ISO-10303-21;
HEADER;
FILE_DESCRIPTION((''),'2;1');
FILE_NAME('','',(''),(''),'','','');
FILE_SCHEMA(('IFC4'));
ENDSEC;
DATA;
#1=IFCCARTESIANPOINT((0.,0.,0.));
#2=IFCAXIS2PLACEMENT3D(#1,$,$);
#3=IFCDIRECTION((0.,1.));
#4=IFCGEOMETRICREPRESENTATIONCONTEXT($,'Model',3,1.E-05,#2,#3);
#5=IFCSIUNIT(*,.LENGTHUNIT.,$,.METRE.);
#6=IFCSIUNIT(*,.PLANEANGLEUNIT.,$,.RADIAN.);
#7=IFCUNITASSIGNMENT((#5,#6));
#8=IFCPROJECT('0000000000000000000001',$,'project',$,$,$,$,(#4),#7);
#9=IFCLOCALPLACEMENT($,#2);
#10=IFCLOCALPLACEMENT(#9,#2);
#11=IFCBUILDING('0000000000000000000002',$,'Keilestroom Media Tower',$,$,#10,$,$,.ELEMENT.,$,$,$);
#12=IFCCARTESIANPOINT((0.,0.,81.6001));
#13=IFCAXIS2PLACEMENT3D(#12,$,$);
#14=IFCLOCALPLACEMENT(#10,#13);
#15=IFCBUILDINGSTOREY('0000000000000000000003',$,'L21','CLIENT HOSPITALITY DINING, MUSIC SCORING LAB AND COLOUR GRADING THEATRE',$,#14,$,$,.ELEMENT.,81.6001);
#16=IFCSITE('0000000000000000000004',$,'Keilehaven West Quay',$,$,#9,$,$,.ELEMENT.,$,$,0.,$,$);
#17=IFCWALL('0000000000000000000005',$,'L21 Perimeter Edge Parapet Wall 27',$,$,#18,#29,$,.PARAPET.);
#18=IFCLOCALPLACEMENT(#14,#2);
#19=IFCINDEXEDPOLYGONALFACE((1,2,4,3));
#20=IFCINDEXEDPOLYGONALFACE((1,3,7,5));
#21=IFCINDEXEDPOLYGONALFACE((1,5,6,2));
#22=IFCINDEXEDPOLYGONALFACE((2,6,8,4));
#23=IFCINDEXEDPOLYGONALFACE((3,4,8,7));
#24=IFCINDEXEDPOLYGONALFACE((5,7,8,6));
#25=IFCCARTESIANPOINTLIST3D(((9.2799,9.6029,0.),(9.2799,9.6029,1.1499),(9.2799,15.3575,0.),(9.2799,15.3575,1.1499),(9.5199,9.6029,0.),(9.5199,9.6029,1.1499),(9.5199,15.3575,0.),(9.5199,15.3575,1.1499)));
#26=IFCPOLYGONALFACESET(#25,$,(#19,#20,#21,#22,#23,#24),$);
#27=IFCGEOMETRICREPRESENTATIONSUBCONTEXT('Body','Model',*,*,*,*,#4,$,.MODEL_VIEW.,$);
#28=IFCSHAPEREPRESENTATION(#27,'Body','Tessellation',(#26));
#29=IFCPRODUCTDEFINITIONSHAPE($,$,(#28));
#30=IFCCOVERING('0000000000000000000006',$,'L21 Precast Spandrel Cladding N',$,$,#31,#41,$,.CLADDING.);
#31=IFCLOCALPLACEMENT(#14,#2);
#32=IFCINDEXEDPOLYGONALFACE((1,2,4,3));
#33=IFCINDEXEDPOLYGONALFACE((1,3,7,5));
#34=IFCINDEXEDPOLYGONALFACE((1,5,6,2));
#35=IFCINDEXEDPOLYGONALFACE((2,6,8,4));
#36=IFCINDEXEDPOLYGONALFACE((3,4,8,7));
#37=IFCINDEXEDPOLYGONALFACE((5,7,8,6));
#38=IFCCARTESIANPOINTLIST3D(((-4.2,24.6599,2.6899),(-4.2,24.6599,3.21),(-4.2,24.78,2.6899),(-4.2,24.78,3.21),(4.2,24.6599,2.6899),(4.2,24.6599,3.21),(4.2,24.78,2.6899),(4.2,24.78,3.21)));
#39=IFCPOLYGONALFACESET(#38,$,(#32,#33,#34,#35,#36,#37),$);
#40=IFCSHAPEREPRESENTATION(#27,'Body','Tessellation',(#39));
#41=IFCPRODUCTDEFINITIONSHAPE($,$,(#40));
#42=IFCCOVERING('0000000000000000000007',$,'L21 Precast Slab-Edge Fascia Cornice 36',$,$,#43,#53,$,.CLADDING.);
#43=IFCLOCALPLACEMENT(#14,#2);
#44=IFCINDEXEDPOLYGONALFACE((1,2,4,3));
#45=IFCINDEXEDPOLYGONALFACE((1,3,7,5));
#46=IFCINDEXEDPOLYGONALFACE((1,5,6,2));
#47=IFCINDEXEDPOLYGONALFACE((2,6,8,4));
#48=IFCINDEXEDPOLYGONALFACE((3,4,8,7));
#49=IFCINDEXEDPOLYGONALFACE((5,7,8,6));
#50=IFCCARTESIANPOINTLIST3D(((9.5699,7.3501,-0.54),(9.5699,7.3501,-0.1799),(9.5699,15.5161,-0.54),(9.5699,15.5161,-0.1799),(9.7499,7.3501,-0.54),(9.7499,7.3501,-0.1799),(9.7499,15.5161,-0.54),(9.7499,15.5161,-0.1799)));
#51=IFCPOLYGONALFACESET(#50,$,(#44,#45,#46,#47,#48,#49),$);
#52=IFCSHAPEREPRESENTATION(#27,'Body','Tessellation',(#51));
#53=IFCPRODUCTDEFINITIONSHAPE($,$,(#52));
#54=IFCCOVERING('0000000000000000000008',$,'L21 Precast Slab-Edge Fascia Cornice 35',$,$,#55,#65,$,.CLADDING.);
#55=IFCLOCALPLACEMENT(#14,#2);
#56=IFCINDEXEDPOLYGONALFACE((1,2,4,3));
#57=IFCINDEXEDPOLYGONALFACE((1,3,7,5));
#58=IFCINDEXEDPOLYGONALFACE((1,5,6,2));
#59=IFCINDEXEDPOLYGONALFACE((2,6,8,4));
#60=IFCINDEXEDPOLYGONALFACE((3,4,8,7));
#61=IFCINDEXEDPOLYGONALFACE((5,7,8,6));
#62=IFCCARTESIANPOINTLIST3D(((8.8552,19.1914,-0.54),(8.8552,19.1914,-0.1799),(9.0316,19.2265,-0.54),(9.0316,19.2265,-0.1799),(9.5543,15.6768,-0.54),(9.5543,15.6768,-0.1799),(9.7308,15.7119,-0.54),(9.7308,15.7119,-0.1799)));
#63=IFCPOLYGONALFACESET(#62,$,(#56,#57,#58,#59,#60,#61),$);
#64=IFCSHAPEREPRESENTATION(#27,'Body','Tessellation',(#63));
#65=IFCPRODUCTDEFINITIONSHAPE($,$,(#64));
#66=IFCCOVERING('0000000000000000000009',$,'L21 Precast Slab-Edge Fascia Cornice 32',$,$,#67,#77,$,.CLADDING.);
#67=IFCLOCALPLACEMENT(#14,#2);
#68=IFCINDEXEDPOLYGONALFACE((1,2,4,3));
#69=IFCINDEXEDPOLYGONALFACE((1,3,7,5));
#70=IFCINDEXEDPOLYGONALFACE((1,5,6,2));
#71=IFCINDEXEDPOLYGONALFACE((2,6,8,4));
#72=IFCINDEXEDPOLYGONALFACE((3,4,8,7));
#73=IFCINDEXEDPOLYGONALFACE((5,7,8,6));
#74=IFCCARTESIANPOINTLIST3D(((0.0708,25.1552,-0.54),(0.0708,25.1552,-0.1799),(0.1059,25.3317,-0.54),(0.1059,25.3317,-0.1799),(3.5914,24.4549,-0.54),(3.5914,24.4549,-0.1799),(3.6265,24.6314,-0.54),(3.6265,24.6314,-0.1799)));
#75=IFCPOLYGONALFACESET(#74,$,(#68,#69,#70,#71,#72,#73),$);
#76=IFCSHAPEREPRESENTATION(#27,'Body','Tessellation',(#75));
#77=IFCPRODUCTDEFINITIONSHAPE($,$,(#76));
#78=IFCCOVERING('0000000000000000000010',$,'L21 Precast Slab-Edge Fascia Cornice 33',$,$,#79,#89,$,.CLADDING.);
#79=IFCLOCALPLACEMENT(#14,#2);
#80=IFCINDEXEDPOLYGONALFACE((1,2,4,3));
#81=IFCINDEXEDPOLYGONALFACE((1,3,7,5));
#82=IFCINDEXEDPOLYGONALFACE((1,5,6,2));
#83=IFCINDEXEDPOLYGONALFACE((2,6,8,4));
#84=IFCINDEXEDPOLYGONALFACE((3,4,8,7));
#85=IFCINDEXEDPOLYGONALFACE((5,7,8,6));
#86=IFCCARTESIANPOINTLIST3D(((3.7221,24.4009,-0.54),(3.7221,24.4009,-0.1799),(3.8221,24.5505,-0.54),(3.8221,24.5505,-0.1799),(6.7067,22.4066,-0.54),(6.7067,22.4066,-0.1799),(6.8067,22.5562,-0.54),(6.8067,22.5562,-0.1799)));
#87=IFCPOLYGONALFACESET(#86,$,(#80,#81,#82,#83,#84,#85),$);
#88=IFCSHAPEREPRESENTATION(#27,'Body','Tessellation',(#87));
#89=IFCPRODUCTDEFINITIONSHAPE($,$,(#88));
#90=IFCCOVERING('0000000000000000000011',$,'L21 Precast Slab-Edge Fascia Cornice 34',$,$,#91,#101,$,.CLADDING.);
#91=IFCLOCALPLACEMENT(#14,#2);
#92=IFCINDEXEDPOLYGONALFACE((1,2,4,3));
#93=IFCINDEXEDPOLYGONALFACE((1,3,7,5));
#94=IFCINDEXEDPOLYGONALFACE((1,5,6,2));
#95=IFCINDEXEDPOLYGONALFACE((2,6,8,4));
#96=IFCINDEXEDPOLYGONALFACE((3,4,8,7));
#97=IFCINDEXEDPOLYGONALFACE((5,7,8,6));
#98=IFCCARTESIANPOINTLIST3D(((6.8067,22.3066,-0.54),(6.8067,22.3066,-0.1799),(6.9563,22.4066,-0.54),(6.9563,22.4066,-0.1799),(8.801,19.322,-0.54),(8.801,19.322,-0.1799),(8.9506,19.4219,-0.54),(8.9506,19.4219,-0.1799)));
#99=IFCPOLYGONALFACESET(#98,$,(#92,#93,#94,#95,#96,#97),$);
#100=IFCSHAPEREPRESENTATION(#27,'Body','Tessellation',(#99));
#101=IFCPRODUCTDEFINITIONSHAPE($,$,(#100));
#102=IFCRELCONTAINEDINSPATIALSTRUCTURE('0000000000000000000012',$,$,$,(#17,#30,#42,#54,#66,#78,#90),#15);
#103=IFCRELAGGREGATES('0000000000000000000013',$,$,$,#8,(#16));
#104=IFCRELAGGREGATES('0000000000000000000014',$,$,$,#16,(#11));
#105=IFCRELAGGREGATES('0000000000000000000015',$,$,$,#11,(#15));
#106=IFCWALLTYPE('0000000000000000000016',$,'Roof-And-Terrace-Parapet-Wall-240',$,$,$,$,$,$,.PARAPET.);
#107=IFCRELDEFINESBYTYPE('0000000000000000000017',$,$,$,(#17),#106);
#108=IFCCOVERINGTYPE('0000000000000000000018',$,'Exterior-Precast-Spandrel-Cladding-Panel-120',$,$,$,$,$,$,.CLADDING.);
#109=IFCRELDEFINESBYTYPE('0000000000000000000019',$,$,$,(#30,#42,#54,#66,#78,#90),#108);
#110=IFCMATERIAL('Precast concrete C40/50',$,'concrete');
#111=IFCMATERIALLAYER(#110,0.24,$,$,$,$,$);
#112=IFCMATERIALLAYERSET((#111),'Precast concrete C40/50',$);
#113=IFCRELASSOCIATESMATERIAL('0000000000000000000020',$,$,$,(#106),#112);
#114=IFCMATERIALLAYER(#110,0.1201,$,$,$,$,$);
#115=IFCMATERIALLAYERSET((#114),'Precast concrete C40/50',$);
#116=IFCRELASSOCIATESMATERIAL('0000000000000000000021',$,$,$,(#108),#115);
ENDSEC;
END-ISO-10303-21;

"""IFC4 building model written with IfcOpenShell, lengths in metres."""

from ifc_helpers import new_model, si_unit, direction, frame, frame_2d, origin, origin_2d, place, context, subcontext, project, spatial, rectangle, extrude, source, transform, mapped, material, layer, layer_set, type_object, element, save


model = new_model("IFC4")

# Units and contexts
model_context = context("Model", 3, precision=1e-05, world=origin(), true_north=direction((0.0, 1.0)))
body_context = subcontext(model_context, "Body", "Model", "MODEL_VIEW")
ifc_project = project(units=[si_unit("LENGTHUNIT", "METRE"), si_unit("PLANEANGLEUNIT", "RADIAN")], contexts=[model_context])

# Site, building, storey
site_placement = place(None, origin())
site = spatial("IfcSite", under=ifc_project, at=site_placement, Name="Keilehaven West Quay", CompositionType="ELEMENT", RefElevation=0.0)
building_placement = place(site_placement, origin())
building = spatial("IfcBuilding", under=site, at=building_placement, Name="Keilestroom Media Tower", CompositionType="ELEMENT")
storey_placement = place(building_placement, frame((0.0, 0.0, 81.6001)))
storey = spatial("IfcBuildingStorey", under=building, at=storey_placement, Name="L21", Description="CLIENT HOSPITALITY DINING, MUSIC SCORING LAB AND COLOUR GRADING THEATRE", CompositionType="ELEMENT", Elevation=81.6001)

# Wall
ifc_material_1 = material(Name="Precast concrete C40/50", Category="concrete")
ifc_layer_1 = layer(ifc_material_1, 0.24)
ifc_layer_set_1 = layer_set([ifc_layer_1], Name="Precast concrete C40/50")
wall_type_1 = type_object("IfcWallType", Name="Roof-And-Terrace-Parapet-Wall-240", PredefinedType="PARAPET", material=ifc_layer_set_1)
wall_1_placement = place(storey_placement, frame((9.3999, 15.3577, 0.0), z_axis=(0.0, 0.0, 1.0), x_axis=(0.0, -1.0, 0.0)))
element("IfcWall", 1, at=wall_1_placement, inside=storey, type_object=wall_type_1, Name="L21 Perimeter Edge Parapet Wall 27", PredefinedType="PARAPET", context=body_context, shape_type="SweptSolid", body=[
    extrude(rectangle(XDim=5.7546, YDim=0.24, at=frame_2d((2.8774, 0.0))), origin(), (0.0, 0.0, 1.0), 1.1499),
])

# Coverings
ifc_layer_2 = layer(ifc_material_1, 0.1201)
ifc_layer_set_2 = layer_set([ifc_layer_2], Name="Precast concrete C40/50")
covering_type = type_object("IfcCoveringType", Name="Exterior-Precast-Spandrel-Cladding-Panel-120", PredefinedType="CLADDING", material=ifc_layer_set_2)
shared_shape_1 = source(origin(), body_context, "Body", "SweptSolid", [
    extrude(rectangle(XDim=8.3999, YDim=0.1201, at=origin_2d()), origin(), (0.0, 0.0, 1.0), 0.52),
])
covering_1_placement = place(storey_placement, frame((0.0, 24.72, 2.6899), z_axis=(0.0, 0.0, 1.0), x_axis=(1.0, 0.0, 0.0)))
element("IfcCovering", 2, at=covering_1_placement, inside=storey, type_object=covering_type, Name="L21 Precast Spandrel Cladding N", PredefinedType="CLADDING", context=body_context, shape_type="MappedRepresentation", body=[
    mapped(shared_shape_1, transform((0.0, 0.0, 0.0), x_axis=(1.0, 0.0, 0.0), y_axis=(0.0, 1.0, 0.0), z_axis=(0.0, 0.0, 1.0), scale=1.0)),
])
shared_shape_2 = source(origin(), body_context, "Body", "SweptSolid", [
    extrude(rectangle(XDim=8.166, YDim=0.1799, at=origin_2d()), origin(), (0.0, 0.0, 1.0), 0.3601),
])
covering_2_placement = place(storey_placement, frame((9.6599, 11.4331, -0.54), z_axis=(0.0, 0.0, 1.0), x_axis=(0.0, -1.0, 0.0)))
element("IfcCovering", 3, at=covering_2_placement, inside=storey, type_object=covering_type, Name="L21 Precast Slab-Edge Fascia Cornice 36", PredefinedType="CLADDING", context=body_context, shape_type="MappedRepresentation", body=[
    mapped(shared_shape_2, transform((0.0, 0.0, 0.0), x_axis=(1.0, 0.0, 0.0), y_axis=(0.0, 1.0, 0.0), z_axis=(0.0, 0.0, 1.0), scale=1.0)),
])
shared_shape_3 = source(origin(), body_context, "Body", "SweptSolid", [
    extrude(rectangle(XDim=3.5835, YDim=0.1799, at=origin_2d()), origin(), (0.0, 0.0, 1.0), 0.3601),
])
covering_3_placement = place(storey_placement, frame((9.293, 17.4517, -0.54), z_axis=(0.0, 0.0, 1.0), x_axis=(0.195099, -0.980784, 0.0)))
element("IfcCovering", 4, at=covering_3_placement, inside=storey, type_object=covering_type, Name="L21 Precast Slab-Edge Fascia Cornice 35", PredefinedType="CLADDING", context=body_context, shape_type="MappedRepresentation", body=[
    mapped(shared_shape_3, transform((0.0, 0.0, 0.0), x_axis=(1.0, 0.0, 0.0), y_axis=(0.0, 1.0, 0.0), z_axis=(0.0, 0.0, 1.0), scale=1.0)),
])
shared_shape_4 = source(origin(), body_context, "Body", "SweptSolid", [
    extrude(rectangle(XDim=3.5896, YDim=0.1799, at=origin_2d()), origin(), (0.0, 0.0, 1.0), 0.3601),
])
for number, where, z_axis, x_axis, name in (
    (5, (1.8486, 24.8933, -0.54), (0.0, 0.0, 1.0), (0.980784, -0.195099, 0.0), "L21 Precast Slab-Edge Fascia Cornice 32"),
    (6, (5.2644, 23.4785, -0.54), (0.0, 0.0, 1.0), (0.831467, -0.555575, 0.0), "L21 Precast Slab-Edge Fascia Cornice 33"),
    (7, (7.8787, 20.8643, -0.54), (0.0, 0.0, 1.0), (0.555575, -0.831467, 0.0), "L21 Precast Slab-Edge Fascia Cornice 34"),
):
    element("IfcCovering", number, at=place(storey_placement, frame(where, z_axis=z_axis, x_axis=x_axis)), inside=storey, type_object=covering_type, Name=name, PredefinedType="CLADDING", context=body_context, shape_type="MappedRepresentation", body=[
        mapped(shared_shape_4, transform((0.0, 0.0, 0.0), x_axis=(1.0, 0.0, 0.0), y_axis=(0.0, 1.0, 0.0), z_axis=(0.0, 0.0, 1.0), scale=1.0)),
    ])

save(model, "model.ifc")
